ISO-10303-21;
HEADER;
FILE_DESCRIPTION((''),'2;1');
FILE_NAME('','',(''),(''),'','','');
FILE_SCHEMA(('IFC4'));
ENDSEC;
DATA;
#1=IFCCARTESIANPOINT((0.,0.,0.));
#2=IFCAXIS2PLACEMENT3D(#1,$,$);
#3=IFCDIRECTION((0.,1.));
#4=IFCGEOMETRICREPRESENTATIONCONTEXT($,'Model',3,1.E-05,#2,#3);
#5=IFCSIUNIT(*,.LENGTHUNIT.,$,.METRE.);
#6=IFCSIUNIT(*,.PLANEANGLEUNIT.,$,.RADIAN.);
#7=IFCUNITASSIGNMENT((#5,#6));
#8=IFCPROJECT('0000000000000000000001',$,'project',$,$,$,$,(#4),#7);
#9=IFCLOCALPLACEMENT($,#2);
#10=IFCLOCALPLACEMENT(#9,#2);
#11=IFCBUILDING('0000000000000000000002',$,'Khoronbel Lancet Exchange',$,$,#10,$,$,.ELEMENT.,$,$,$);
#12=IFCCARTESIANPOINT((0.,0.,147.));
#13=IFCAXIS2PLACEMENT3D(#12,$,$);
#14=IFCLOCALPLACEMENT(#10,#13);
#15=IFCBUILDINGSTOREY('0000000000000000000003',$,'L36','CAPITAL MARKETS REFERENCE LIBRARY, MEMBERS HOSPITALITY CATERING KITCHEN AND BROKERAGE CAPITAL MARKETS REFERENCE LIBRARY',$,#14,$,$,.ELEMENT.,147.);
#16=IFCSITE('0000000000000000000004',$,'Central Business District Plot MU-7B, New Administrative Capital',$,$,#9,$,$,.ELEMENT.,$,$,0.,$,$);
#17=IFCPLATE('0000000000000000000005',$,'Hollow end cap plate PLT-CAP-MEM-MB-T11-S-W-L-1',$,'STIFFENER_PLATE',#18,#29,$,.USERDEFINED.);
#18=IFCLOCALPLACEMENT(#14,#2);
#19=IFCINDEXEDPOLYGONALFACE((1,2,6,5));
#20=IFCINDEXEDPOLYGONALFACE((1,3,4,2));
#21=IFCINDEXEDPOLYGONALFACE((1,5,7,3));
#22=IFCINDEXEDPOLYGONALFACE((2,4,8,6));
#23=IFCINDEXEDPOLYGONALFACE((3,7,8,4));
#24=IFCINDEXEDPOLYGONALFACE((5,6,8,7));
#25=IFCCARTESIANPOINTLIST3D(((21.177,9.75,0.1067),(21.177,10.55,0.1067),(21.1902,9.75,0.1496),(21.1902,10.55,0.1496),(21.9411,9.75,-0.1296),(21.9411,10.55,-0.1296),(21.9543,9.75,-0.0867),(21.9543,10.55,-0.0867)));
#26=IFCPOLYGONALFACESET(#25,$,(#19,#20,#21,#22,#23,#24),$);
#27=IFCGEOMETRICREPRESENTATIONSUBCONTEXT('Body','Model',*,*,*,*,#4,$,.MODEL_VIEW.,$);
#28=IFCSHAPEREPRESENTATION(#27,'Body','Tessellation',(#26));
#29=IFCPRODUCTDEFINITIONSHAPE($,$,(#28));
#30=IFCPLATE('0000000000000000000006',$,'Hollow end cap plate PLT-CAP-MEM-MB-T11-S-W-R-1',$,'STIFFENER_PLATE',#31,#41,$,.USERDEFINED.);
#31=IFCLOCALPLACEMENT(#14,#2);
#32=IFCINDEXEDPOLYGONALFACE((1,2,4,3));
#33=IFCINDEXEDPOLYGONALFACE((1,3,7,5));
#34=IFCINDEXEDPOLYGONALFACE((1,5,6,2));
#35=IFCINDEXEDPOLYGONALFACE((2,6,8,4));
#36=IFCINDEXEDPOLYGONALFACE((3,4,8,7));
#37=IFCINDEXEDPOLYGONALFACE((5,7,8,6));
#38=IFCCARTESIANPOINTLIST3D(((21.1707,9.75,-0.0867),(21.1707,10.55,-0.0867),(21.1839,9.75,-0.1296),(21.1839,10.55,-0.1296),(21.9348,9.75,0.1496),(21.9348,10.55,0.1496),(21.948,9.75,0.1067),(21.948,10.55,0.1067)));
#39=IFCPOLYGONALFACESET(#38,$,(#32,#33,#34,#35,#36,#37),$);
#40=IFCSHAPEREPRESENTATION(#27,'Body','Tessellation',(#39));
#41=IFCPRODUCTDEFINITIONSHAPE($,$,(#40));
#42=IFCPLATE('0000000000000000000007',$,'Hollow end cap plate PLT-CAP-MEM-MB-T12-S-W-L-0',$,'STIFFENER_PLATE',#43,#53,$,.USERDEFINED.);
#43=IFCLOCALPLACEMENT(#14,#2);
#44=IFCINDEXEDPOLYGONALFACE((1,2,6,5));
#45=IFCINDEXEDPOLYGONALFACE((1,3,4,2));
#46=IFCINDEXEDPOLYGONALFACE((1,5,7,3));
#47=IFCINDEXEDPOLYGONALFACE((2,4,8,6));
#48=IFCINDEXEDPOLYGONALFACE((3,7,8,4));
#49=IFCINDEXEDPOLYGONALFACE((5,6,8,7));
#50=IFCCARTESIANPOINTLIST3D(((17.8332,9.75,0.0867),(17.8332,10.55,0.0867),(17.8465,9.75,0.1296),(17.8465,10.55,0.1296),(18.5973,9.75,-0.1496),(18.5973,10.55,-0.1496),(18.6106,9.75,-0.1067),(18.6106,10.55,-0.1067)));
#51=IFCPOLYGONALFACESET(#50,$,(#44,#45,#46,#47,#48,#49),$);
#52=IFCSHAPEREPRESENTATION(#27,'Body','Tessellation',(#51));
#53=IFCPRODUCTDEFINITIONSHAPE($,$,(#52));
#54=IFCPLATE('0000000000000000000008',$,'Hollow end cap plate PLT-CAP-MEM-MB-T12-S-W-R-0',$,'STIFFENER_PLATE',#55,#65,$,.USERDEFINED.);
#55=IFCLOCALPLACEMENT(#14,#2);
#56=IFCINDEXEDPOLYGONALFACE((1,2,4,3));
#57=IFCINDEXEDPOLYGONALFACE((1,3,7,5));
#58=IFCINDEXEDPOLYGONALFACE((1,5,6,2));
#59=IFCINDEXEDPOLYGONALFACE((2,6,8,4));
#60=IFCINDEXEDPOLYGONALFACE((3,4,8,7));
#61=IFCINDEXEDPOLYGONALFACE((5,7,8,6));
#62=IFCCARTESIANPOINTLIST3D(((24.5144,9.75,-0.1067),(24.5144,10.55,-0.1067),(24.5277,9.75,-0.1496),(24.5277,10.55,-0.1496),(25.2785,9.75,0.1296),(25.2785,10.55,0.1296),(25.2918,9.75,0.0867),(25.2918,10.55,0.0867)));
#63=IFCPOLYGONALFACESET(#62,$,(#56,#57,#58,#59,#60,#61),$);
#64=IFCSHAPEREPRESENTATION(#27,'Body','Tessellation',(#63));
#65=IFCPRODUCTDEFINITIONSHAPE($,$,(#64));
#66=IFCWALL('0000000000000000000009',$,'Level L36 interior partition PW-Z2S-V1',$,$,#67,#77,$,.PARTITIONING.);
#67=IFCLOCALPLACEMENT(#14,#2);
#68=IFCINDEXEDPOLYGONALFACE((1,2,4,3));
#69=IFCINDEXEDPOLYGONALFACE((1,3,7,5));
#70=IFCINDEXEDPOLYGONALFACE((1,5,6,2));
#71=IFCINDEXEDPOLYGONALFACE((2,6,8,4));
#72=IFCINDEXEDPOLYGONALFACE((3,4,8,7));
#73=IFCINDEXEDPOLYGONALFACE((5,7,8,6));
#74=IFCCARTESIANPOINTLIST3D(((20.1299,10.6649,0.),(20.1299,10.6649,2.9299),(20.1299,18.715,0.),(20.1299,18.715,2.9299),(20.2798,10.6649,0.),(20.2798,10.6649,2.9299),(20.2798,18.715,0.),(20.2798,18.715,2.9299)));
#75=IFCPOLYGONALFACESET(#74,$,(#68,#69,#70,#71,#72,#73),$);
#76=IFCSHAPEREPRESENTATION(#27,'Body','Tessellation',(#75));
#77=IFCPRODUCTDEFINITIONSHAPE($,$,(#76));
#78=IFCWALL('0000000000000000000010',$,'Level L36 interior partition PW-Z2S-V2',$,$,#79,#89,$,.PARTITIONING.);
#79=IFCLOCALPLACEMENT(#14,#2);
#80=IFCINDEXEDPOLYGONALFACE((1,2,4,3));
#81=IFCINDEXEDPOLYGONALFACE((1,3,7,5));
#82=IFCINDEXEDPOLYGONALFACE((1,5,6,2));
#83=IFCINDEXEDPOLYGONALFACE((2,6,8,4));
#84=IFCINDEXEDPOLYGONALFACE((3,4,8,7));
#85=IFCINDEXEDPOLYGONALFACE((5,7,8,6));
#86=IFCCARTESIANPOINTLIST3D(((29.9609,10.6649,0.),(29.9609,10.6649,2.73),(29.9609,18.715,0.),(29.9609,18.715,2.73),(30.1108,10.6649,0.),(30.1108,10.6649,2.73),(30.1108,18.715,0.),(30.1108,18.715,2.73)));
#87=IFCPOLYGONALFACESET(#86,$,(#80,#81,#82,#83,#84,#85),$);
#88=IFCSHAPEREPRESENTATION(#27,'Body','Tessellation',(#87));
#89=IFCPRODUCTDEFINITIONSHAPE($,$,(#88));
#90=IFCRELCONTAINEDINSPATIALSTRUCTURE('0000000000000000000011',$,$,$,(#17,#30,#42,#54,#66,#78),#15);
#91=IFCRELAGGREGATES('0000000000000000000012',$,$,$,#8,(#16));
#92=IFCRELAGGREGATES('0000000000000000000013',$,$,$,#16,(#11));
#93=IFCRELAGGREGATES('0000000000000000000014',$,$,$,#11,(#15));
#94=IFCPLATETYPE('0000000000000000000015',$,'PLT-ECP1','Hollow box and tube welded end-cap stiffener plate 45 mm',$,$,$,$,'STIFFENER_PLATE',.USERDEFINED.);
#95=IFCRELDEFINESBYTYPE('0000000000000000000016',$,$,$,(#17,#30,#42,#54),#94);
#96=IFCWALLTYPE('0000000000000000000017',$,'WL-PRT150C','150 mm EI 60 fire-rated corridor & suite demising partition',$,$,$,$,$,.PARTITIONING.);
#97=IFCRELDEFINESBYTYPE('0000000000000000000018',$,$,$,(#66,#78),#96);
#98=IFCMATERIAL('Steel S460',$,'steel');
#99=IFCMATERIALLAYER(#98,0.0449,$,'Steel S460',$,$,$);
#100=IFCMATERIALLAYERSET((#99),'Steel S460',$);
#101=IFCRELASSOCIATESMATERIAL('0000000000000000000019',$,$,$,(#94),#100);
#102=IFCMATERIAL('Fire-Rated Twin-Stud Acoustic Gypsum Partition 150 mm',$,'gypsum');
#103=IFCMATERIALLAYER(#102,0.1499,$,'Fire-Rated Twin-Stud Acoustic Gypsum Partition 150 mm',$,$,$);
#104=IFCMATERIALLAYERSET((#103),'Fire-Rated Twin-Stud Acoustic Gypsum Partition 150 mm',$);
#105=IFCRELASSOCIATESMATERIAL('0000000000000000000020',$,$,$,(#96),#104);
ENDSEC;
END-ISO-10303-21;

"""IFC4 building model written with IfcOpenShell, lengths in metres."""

from ifc_helpers import new_model, si_unit, direction, frame, frame_2d, origin, place, context, subcontext, project, spatial, polyline, rectangle, outline, extrude, material, layer, layer_set, type_object, element, save


model = new_model("IFC4")

# Units and contexts
model_context = context("Model", 3, precision=1e-05, world=origin(), true_north=direction((0.0, 1.0)))
body_context = subcontext(model_context, "Body", "Model", "MODEL_VIEW")
ifc_project = project(units=[si_unit("LENGTHUNIT", "METRE"), si_unit("PLANEANGLEUNIT", "RADIAN")], contexts=[model_context])

# Site, building, storey
site_placement = place(None, origin())
site = spatial("IfcSite", under=ifc_project, at=site_placement, Name="Central Business District Plot MU-7B, New Administrative Capital", CompositionType="ELEMENT", RefElevation=0.0)
building_placement = place(site_placement, origin())
building = spatial("IfcBuilding", under=site, at=building_placement, Name="Khoronbel Lancet Exchange", CompositionType="ELEMENT")
storey_placement = place(building_placement, frame((0.0, 0.0, 147.0)))
storey = spatial("IfcBuildingStorey", under=building, at=storey_placement, Name="L36", Description="CAPITAL MARKETS REFERENCE LIBRARY, MEMBERS HOSPITALITY CATERING KITCHEN AND BROKERAGE CAPITAL MARKETS REFERENCE LIBRARY", CompositionType="ELEMENT", Elevation=147.0)

# Shared definitions
ifc_material_1 = material(Name="Steel S460", Category="steel")

# Plates
ifc_layer_1 = layer(ifc_material_1, 0.0449, Name="Steel S460")
ifc_layer_set_1 = layer_set([ifc_layer_1], Name="Steel S460")
plate_type_1 = type_object("IfcPlateType", Name="PLT-ECP1", Description="Hollow box and tube welded end-cap stiffener plate 45 mm", ElementType="STIFFENER_PLATE", PredefinedType="USERDEFINED", material=ifc_layer_set_1)
for number, where, z_axis, x_axis, name in (
    (1, (21.9543, 9.75, -0.0867), (0.295458, 0.0, 0.955356), (0.0, 1.0, 0.0), "Hollow end cap plate PLT-CAP-MEM-MB-T11-S-W-L-1"),
    (2, (21.1707, 10.55, -0.0867), (-0.295458, 0.0, 0.955356), (0.0, -1.0, 0.0), "Hollow end cap plate PLT-CAP-MEM-MB-T11-S-W-R-1"),
    (3, (18.6106, 9.75, -0.1067), (0.295458, 0.0, 0.955356), (0.0, 1.0, 0.0), "Hollow end cap plate PLT-CAP-MEM-MB-T12-S-W-L-0"),
    (4, (24.5144, 10.55, -0.1067), (-0.295458, 0.0, 0.955356), (0.0, -1.0, 0.0), "Hollow end cap plate PLT-CAP-MEM-MB-T12-S-W-R-0"),
):
    element("IfcPlate", number, at=place(storey_placement, frame(where, z_axis=z_axis, x_axis=x_axis)), inside=storey, type_object=plate_type_1, Name=name, ObjectType="STIFFENER_PLATE", PredefinedType="USERDEFINED", context=body_context, shape_type="SweptSolid", body=[
        extrude(outline(polyline([(0.0, 0.0), (0.8, 0.0), (0.8, 0.7998), (0.0, 0.7998), (0.0, 0.0)])), origin(), (0.0, 0.0, -1.0), 0.0449),
    ])

# Walls
ifc_material_2 = material(Name="Fire-Rated Twin-Stud Acoustic Gypsum Partition 150 mm", Category="gypsum")
ifc_layer_2 = layer(ifc_material_2, 0.1499, Name="Fire-Rated Twin-Stud Acoustic Gypsum Partition 150 mm")
ifc_layer_set_2 = layer_set([ifc_layer_2], Name="Fire-Rated Twin-Stud Acoustic Gypsum Partition 150 mm")
wall_type = type_object("IfcWallType", Name="WL-PRT150C", Description="150 mm EI 60 fire-rated corridor & suite demising partition", PredefinedType="PARTITIONING", material=ifc_layer_set_2)
wall_1_placement = place(storey_placement, frame((20.2048, 10.665, 0.0), z_axis=(0.0, 0.0, 1.0), x_axis=(0.0, 1.0, 0.0)))
element("IfcWall", 5, at=wall_1_placement, inside=storey, type_object=wall_type, Name="Level L36 interior partition PW-Z2S-V1", PredefinedType="PARTITIONING", context=body_context, shape_type="SweptSolid", body=[
    extrude(rectangle(XDim=8.05, YDim=0.1499, at=frame_2d((4.0249, 0.0))), origin(), (0.0, 0.0, 1.0), 2.9299),
])
wall_2_placement = place(storey_placement, frame((30.0359, 10.665, 0.0), z_axis=(0.0, 0.0, 1.0), x_axis=(0.0, 1.0, 0.0)))
element("IfcWall", 6, at=wall_2_placement, inside=storey, type_object=wall_type, Name="Level L36 interior partition PW-Z2S-V2", PredefinedType="PARTITIONING", context=body_context, shape_type="SweptSolid", body=[
    extrude(rectangle(XDim=8.05, YDim=0.1499, at=frame_2d((4.0249, 0.0))), origin(), (0.0, 0.0, 1.0), 2.73),
])

save(model, "model.ifc")
